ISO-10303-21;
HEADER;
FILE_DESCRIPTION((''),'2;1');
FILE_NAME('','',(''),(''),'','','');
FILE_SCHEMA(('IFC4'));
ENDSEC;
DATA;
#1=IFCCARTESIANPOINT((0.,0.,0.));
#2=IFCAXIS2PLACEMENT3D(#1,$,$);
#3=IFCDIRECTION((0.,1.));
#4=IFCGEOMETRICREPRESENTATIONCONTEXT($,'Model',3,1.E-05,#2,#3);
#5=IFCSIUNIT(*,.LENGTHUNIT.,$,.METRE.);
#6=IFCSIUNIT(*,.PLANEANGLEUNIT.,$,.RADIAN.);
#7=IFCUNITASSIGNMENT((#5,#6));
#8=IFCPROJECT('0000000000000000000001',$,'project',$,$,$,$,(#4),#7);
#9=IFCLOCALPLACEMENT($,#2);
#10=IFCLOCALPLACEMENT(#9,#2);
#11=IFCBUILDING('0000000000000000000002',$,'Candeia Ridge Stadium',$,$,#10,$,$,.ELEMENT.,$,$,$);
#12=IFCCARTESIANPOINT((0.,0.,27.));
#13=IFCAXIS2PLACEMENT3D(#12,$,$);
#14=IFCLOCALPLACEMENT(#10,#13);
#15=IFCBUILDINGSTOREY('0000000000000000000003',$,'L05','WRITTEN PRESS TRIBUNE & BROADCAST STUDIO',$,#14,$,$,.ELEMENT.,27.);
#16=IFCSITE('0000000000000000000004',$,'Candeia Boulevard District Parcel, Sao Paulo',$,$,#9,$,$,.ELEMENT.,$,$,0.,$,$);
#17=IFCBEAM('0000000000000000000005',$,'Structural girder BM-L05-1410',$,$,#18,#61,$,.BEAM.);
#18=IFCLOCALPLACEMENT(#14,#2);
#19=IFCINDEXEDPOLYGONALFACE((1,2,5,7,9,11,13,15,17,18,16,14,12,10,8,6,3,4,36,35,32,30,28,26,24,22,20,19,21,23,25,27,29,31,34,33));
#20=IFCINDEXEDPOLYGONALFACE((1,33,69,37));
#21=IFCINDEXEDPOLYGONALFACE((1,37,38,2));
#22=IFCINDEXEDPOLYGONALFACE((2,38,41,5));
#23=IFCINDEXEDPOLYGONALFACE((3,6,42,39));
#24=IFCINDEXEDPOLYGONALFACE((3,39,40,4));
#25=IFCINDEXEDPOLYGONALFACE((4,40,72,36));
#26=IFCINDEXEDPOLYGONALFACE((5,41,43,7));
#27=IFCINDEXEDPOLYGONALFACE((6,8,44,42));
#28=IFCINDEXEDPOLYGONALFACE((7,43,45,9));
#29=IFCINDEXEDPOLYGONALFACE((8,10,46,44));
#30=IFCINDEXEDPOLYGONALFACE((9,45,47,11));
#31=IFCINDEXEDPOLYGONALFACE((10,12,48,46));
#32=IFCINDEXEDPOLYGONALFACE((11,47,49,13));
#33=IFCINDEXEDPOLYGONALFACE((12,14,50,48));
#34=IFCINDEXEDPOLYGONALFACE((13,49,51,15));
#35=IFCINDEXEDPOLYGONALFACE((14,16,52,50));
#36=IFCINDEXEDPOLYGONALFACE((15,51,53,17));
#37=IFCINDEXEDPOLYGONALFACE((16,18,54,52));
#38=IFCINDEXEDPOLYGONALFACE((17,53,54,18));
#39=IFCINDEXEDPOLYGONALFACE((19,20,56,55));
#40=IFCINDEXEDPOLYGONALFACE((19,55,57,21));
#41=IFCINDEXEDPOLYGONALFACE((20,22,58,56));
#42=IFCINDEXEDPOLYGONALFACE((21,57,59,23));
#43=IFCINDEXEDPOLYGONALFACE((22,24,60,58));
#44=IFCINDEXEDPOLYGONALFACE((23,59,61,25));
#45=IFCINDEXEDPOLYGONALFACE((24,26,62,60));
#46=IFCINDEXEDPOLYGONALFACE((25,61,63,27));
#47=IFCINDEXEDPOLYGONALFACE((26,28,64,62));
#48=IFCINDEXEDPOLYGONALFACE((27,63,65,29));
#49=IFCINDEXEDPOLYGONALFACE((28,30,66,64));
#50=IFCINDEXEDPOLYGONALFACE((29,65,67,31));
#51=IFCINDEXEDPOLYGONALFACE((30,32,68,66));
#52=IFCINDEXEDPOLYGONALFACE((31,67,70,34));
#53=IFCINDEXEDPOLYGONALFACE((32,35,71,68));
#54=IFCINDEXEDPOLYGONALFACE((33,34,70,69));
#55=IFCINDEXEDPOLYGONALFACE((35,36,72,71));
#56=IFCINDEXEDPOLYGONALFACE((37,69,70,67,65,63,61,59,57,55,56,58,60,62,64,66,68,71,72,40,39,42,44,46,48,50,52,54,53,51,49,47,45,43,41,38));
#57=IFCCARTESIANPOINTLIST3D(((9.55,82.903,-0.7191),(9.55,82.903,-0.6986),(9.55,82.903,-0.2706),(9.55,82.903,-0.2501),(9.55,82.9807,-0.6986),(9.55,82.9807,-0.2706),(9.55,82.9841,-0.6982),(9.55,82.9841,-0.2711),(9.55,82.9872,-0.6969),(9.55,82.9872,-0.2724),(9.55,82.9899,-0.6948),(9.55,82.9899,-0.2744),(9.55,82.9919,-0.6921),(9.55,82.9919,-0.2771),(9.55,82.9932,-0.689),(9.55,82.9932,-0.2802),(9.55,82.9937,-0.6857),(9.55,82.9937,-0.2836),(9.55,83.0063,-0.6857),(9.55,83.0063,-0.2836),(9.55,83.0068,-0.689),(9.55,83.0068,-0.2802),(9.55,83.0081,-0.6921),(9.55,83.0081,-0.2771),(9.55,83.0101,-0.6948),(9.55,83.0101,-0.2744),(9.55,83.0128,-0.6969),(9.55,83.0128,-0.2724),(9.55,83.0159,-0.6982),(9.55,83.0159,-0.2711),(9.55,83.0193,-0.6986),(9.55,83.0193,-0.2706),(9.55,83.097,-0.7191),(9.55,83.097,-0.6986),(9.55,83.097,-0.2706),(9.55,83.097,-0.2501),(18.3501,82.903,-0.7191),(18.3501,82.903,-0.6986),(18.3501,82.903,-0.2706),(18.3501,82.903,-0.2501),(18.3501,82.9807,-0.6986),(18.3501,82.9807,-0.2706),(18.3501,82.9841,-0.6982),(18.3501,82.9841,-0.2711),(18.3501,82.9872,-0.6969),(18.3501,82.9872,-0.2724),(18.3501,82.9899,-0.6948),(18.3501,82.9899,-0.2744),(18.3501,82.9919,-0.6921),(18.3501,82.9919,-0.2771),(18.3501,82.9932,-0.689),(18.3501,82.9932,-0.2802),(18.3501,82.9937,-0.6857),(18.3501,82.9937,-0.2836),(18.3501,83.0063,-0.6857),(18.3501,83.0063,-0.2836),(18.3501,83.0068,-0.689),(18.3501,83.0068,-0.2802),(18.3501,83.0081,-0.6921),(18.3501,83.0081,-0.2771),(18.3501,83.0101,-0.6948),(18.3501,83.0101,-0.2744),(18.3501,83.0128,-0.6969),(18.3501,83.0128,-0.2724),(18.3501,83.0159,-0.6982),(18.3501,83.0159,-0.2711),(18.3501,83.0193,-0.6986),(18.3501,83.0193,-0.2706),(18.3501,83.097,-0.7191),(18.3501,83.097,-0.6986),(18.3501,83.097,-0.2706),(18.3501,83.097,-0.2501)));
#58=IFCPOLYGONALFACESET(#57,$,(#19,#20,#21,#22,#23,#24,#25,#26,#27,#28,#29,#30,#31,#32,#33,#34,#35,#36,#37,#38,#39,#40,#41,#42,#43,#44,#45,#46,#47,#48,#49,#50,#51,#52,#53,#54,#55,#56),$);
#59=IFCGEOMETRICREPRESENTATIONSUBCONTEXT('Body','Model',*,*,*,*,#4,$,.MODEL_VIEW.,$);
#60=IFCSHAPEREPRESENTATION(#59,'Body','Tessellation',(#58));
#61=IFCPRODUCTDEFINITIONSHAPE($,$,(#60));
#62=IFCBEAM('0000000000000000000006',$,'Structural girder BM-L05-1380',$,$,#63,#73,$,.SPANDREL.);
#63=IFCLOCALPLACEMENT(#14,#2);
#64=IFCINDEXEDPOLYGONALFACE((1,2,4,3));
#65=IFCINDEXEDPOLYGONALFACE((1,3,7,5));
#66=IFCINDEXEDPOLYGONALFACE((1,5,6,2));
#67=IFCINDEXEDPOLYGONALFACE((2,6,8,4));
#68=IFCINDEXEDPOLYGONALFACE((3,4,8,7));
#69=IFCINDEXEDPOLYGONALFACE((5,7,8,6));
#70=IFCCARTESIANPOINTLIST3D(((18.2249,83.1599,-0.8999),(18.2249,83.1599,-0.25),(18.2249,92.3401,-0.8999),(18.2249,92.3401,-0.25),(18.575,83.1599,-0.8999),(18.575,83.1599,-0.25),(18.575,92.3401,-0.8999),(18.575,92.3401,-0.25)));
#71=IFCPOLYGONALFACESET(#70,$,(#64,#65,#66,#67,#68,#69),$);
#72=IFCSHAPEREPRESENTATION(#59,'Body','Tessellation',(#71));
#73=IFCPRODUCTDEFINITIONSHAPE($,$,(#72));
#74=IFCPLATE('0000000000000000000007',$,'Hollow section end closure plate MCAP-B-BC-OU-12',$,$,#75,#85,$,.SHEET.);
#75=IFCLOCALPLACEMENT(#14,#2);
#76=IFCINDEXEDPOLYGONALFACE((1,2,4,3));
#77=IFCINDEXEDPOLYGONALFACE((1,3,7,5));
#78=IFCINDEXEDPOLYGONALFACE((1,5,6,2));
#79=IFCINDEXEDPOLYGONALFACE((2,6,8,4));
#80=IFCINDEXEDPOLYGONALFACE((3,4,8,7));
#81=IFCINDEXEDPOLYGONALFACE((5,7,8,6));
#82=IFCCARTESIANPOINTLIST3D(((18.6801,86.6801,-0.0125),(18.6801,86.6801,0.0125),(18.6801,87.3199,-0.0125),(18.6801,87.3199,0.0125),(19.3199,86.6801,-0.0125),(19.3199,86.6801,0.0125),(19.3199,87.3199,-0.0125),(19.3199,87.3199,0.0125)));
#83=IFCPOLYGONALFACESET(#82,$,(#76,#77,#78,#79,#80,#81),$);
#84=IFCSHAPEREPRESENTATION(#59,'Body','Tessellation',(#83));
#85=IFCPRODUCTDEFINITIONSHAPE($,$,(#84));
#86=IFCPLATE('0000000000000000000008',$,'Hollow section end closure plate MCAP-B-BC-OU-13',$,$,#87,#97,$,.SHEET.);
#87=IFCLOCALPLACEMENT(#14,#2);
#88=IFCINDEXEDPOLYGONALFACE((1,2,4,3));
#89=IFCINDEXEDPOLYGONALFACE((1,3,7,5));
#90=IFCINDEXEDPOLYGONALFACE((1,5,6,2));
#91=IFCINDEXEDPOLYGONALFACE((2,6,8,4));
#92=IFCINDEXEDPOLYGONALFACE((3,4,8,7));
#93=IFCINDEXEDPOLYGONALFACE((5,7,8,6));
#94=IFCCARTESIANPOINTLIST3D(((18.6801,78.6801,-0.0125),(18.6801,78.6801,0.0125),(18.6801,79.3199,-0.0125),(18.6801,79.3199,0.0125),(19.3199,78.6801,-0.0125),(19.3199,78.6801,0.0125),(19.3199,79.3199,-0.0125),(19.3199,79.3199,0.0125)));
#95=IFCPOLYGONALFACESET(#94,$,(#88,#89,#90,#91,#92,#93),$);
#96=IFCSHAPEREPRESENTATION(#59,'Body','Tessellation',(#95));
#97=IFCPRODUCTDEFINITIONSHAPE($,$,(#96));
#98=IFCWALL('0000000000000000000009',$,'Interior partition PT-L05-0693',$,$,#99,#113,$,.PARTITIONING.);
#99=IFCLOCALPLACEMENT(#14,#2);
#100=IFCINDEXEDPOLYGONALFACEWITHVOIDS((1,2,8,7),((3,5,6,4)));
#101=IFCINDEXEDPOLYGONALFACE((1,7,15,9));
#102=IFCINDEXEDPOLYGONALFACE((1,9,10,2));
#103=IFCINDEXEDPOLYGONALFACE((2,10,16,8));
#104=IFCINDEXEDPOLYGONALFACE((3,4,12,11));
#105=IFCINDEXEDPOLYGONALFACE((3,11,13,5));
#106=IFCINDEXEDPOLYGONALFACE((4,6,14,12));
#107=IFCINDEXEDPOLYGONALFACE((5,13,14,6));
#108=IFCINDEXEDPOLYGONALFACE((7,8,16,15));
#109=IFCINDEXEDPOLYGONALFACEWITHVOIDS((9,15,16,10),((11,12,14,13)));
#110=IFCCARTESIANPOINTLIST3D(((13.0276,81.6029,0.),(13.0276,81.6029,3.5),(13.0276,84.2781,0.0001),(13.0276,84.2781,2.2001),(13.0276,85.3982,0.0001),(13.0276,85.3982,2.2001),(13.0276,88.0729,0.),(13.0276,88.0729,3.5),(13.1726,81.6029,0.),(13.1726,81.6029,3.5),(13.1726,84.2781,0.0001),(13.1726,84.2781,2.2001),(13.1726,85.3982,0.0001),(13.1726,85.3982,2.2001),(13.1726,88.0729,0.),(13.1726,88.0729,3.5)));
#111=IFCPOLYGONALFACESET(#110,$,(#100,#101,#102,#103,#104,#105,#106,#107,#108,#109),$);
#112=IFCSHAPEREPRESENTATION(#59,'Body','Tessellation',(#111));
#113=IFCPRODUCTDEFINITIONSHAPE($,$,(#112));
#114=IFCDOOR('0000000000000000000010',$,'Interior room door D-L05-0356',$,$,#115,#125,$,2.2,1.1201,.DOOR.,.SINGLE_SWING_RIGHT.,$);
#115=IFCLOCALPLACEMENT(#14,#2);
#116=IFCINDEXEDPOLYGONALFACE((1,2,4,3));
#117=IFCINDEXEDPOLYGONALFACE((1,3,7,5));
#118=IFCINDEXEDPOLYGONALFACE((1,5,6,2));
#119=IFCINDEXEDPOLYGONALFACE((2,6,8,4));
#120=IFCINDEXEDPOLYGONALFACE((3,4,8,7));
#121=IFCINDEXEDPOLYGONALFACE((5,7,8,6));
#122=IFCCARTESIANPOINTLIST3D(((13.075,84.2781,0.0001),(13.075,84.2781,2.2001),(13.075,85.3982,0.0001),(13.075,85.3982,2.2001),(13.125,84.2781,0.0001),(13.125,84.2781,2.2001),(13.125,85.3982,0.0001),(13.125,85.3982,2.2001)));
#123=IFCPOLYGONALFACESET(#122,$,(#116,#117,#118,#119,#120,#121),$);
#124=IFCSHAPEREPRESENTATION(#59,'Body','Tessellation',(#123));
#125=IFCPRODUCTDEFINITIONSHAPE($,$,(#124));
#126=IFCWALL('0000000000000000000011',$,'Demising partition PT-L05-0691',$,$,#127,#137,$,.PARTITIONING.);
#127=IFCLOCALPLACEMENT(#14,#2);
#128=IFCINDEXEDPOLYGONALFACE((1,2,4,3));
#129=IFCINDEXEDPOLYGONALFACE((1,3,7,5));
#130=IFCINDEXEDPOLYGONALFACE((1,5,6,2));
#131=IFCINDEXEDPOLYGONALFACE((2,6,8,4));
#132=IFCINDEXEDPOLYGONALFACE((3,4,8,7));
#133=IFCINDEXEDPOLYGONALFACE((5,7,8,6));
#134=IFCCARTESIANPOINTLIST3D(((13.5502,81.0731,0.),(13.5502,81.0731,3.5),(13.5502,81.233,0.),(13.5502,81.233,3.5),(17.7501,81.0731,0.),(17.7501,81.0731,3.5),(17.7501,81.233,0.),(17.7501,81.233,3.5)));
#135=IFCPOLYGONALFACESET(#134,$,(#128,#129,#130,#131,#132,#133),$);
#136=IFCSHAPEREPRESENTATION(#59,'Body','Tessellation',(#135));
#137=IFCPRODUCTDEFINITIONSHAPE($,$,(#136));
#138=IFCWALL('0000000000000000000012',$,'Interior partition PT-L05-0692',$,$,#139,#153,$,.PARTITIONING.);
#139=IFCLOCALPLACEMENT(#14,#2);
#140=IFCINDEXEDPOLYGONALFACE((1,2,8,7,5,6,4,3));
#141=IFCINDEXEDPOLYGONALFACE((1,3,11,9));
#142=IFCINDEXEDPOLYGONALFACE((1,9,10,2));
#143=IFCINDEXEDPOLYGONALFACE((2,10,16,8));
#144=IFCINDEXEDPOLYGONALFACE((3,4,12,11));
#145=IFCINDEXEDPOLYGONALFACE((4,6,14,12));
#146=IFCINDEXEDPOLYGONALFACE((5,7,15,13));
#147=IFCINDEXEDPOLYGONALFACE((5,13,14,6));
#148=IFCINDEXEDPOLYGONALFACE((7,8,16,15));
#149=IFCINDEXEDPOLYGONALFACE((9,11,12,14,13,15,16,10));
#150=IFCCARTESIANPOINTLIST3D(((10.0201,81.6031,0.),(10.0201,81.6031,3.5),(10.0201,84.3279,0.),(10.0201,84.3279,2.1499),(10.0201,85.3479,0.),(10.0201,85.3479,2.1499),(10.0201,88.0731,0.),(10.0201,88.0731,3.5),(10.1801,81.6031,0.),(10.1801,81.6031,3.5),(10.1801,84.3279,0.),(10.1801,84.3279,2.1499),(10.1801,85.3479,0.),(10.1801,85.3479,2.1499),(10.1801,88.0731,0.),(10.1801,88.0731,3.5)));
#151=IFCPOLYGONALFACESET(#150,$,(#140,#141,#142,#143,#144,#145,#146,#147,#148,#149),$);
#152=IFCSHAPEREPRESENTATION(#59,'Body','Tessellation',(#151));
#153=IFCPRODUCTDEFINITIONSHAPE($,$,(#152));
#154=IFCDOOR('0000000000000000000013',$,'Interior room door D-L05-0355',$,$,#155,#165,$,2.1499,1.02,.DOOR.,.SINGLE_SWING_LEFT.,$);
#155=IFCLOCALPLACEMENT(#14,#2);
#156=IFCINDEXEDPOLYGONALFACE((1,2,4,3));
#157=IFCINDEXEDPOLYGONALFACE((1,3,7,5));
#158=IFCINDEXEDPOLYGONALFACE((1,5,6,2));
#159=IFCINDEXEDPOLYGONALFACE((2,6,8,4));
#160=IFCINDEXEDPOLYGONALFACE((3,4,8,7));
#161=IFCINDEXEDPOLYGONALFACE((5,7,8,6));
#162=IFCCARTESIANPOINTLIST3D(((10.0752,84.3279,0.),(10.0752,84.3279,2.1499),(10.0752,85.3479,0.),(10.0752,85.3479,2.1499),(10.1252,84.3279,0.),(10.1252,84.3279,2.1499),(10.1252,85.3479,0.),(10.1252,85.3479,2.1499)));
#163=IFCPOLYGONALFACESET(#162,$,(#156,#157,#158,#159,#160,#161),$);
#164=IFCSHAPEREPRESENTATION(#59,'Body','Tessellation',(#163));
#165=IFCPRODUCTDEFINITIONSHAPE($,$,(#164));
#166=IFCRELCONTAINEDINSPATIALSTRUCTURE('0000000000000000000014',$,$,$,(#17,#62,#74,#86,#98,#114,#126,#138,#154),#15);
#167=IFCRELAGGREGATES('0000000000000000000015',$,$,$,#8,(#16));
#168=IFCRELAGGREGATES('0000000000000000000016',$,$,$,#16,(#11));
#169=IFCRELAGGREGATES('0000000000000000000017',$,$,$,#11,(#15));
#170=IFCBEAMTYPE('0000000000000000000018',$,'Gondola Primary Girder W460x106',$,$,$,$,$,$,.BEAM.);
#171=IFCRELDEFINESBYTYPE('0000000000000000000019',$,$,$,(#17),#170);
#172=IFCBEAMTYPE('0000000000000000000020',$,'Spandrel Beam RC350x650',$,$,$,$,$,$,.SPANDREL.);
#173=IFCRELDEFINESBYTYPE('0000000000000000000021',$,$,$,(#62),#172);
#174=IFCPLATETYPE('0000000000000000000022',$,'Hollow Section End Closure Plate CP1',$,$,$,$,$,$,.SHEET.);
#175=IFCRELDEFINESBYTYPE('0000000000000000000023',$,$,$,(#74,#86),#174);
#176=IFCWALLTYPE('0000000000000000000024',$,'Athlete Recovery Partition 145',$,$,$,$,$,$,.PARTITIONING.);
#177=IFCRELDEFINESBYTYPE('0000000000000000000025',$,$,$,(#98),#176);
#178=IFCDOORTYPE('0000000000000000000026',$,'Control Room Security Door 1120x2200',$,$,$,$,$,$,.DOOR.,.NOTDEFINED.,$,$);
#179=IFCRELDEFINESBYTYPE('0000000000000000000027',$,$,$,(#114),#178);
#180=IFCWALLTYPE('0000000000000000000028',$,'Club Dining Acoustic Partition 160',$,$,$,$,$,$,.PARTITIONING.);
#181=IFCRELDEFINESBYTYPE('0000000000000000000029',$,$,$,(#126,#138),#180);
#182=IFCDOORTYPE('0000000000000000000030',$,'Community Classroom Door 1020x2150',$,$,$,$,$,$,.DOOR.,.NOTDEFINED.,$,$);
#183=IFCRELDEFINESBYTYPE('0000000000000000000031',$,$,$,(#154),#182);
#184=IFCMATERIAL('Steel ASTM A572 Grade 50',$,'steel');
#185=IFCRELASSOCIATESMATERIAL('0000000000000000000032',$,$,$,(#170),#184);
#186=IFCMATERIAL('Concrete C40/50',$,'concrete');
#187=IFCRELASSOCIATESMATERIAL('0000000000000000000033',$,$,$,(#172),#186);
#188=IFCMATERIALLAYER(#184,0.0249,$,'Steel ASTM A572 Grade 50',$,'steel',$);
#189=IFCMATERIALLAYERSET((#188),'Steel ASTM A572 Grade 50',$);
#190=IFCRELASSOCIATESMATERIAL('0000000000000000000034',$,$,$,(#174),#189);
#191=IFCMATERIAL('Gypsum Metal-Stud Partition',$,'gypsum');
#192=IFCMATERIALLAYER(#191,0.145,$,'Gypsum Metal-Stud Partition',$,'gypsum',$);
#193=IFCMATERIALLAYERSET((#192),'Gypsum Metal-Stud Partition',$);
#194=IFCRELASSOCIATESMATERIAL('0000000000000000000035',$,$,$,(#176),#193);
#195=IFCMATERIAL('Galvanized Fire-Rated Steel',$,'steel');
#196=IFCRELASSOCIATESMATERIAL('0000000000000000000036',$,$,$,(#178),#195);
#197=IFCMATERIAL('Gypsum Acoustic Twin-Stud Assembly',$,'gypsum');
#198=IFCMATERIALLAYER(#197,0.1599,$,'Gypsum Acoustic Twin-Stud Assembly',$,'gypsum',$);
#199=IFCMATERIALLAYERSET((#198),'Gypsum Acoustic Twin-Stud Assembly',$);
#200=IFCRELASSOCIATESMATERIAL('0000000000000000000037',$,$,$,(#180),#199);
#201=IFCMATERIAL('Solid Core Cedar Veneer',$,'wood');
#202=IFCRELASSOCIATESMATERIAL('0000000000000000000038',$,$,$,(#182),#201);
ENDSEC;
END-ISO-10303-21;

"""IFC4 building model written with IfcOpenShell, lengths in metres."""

from ifc_helpers import new_model, si_unit, direction, frame, frame_2d, origin, origin_2d, place, context, subcontext, project, spatial, rectangle, i_section, extrude, material, layer, layer_set, material_profile, profile_set, type_object, element, fill, save


model = new_model("IFC4")

# Units and contexts
model_context = context("Model", 3, precision=1e-05, world=origin(), true_north=direction((0.0, 1.0)))
body_context = subcontext(model_context, "Body", "Model", "MODEL_VIEW")
ifc_project = project(units=[si_unit("LENGTHUNIT", "METRE"), si_unit("PLANEANGLEUNIT", "RADIAN")], contexts=[model_context])

# Site, building, storey
site_placement = place(None, origin())
site = spatial("IfcSite", under=ifc_project, at=site_placement, Name="Candeia Boulevard District Parcel, Sao Paulo", CompositionType="ELEMENT", RefElevation=0.0)
building_placement = place(site_placement, origin())
building = spatial("IfcBuilding", under=site, at=building_placement, Name="Candeia Ridge Stadium", CompositionType="ELEMENT")
storey_placement = place(building_placement, frame((0.0, 0.0, 27.0)))
storey = spatial("IfcBuildingStorey", under=building, at=storey_placement, Name="L05", Description="WRITTEN PRESS TRIBUNE & BROADCAST STUDIO", CompositionType="ELEMENT", Elevation=27.0)

# Shared definitions
ifc_material_1 = material(Name="Steel ASTM A572 Grade 50", Category="steel")
ifc_material_2 = material(Name="Concrete C40/50", Category="concrete")

# Beams
ifc_material_profile_1 = material_profile(ifc_material_1, i_section(OverallWidth=0.1941, OverallDepth=0.469, WebThickness=0.0127, FlangeThickness=0.0205, FilletRadius=0.0129, at=origin_2d()), Name="W460x106", Category="steel")
ifc_profile_set_1 = profile_set([ifc_material_profile_1], Name="Steel ASTM A572 Grade 50")
beam_type_1 = type_object("IfcBeamType", Name="Gondola Primary Girder W460x106", PredefinedType="BEAM", material=ifc_profile_set_1)
beam_1_placement = place(storey_placement, frame((9.55, 83.0, -0.4846), z_axis=(1.0, 0.0, 0.0), x_axis=(0.0, 1.0, 0.0)))
element("IfcBeam", 1, at=beam_1_placement, inside=storey, type_object=beam_type_1, Name="Structural girder BM-L05-1410", PredefinedType="BEAM", context=body_context, shape_type="SweptSolid", body=[
    extrude(i_section(OverallWidth=0.1941, OverallDepth=0.469, WebThickness=0.0127, FlangeThickness=0.0205, FilletRadius=0.0129, at=origin_2d()), origin(), (0.0, 0.0, 1.0), 8.8),
])
ifc_material_profile_2 = material_profile(ifc_material_2, rectangle(XDim=0.3501, YDim=0.6499, at=origin_2d()), Name="RC350x650", Category="concrete")
ifc_profile_set_2 = profile_set([ifc_material_profile_2], Name="Concrete C40/50")
beam_type_2 = type_object("IfcBeamType", Name="Spandrel Beam RC350x650", PredefinedType="SPANDREL", material=ifc_profile_set_2)
beam_2_placement = place(storey_placement, frame((18.3999, 83.1599, -0.575), z_axis=(0.0, 1.0, 0.0), x_axis=(-1.0, 0.0, 0.0)))
element("IfcBeam", 2, at=beam_2_placement, inside=storey, type_object=beam_type_2, Name="Structural girder BM-L05-1380", PredefinedType="SPANDREL", context=body_context, shape_type="SweptSolid", body=[
    extrude(rectangle(XDim=0.3501, YDim=0.6499, at=origin_2d()), origin(), (0.0, 0.0, 1.0), 9.1802),
])

# Plates
ifc_layer_1 = layer(ifc_material_1, 0.0249, Name="Steel ASTM A572 Grade 50", Category="steel")
ifc_layer_set_1 = layer_set([ifc_layer_1], Name="Steel ASTM A572 Grade 50")
plate_type = type_object("IfcPlateType", Name="Hollow Section End Closure Plate CP1", PredefinedType="SHEET", material=ifc_layer_set_1)
for number, where, z_axis, x_axis, name in (
    (3, (19.0, 87.0, -0.0125), (0.0, 0.0, 1.0), (1.0, 0.0, 0.0), "Hollow section end closure plate MCAP-B-BC-OU-12"),
    (4, (19.0, 79.0, -0.0125), (0.0, 0.0, 1.0), (1.0, 0.0, 0.0), "Hollow section end closure plate MCAP-B-BC-OU-13"),
):
    element("IfcPlate", number, at=place(storey_placement, frame(where, z_axis=z_axis, x_axis=x_axis)), inside=storey, type_object=plate_type, Name=name, PredefinedType="SHEET", context=body_context, shape_type="SweptSolid", body=[
        extrude(rectangle(XDim=0.6399, YDim=0.6399, at=origin_2d()), origin(), (0.0, 0.0, 1.0), 0.0249),
    ])

# Wall, opening, door
ifc_material_3 = material(Name="Gypsum Metal-Stud Partition", Category="gypsum")
ifc_layer_2 = layer(ifc_material_3, 0.145, Name="Gypsum Metal-Stud Partition", Category="gypsum")
ifc_layer_set_2 = layer_set([ifc_layer_2], Name="Gypsum Metal-Stud Partition")
wall_type_1 = type_object("IfcWallType", Name="Athlete Recovery Partition 145", PredefinedType="PARTITIONING", material=ifc_layer_set_2)
wall_1_placement = place(storey_placement, frame((13.1001, 81.603, 0.0), z_axis=(0.0, 0.0, 1.0), x_axis=(0.0, 1.0, 0.0)))
wall_1 = element("IfcWall", 5, at=wall_1_placement, inside=storey, type_object=wall_type_1, Name="Interior partition PT-L05-0693", PredefinedType="PARTITIONING", context=body_context, shape_type="SweptSolid", body=[
    extrude(rectangle(XDim=6.47, YDim=0.145, at=frame_2d((3.2349, 0.0))), origin(), (0.0, 0.0, 1.0), 3.5),
])
opening_1_placement = place(wall_1_placement, frame((2.675, 0.0, 0.0)))
opening_1 = element("IfcOpeningElement", 6, at=opening_1_placement, cuts=wall_1, PredefinedType="OPENING", context=body_context, shape_type="SweptSolid", body=[
    extrude(rectangle(XDim=1.1201, YDim=2.2, at=frame_2d((0.5601, 1.1001))), frame((0.0, 0.0825, 0.0), z_axis=(0.0, -1.0, 0.0), x_axis=(1.0, 0.0, 0.0)), (0.0, 0.0, 1.0), 0.165),
])
ifc_material_4 = material(Name="Galvanized Fire-Rated Steel", Category="steel")
door_type_1 = type_object("IfcDoorType", Name="Control Room Security Door 1120x2200", OperationType="NOTDEFINED", PredefinedType="DOOR", material=ifc_material_4)
door_1_placement = place(opening_1_placement, frame((1.1201, 0.0, 0.0), z_axis=(0.0, 0.0, 1.0), x_axis=(-1.0, 0.0, 0.0)))
door_1 = element("IfcDoor", 7, at=door_1_placement, inside=storey, type_object=door_type_1, Name="Interior room door D-L05-0356", OperationType="SINGLE_SWING_RIGHT", OverallHeight=2.2, OverallWidth=1.1201, PredefinedType="DOOR", context=body_context, shape_type="SweptSolid", body=[
    extrude(rectangle(XDim=1.1201, YDim=2.2, at=frame_2d((0.5601, 1.1001))), frame((0.0, 0.0249, 0.0), z_axis=(0.0, -1.0, 0.0), x_axis=(1.0, 0.0, 0.0)), (0.0, 0.0, 1.0), 0.05),
])
fill(opening_1, door_1)

# Wall
ifc_material_5 = material(Name="Gypsum Acoustic Twin-Stud Assembly", Category="gypsum")
ifc_layer_3 = layer(ifc_material_5, 0.1599, Name="Gypsum Acoustic Twin-Stud Assembly", Category="gypsum")
ifc_layer_set_3 = layer_set([ifc_layer_3], Name="Gypsum Acoustic Twin-Stud Assembly")
wall_type_2 = type_object("IfcWallType", Name="Club Dining Acoustic Partition 160", PredefinedType="PARTITIONING", material=ifc_layer_set_3)
wall_2_placement = place(storey_placement, frame((13.55, 81.1531, 0.0), z_axis=(0.0, 0.0, 1.0), x_axis=(1.0, 0.0, 0.0)))
element("IfcWall", 8, at=wall_2_placement, inside=storey, type_object=wall_type_2, Name="Demising partition PT-L05-0691", PredefinedType="PARTITIONING", context=body_context, shape_type="SweptSolid", body=[
    extrude(rectangle(XDim=4.2, YDim=0.1599, at=frame_2d((2.1001, 0.0))), origin(), (0.0, 0.0, 1.0), 3.5),
])

# Wall, opening, door
wall_3_placement = place(storey_placement, frame((10.1001, 88.073, 0.0), z_axis=(0.0, 0.0, 1.0), x_axis=(0.0, -1.0, 0.0)))
wall_3 = element("IfcWall", 9, at=wall_3_placement, inside=storey, type_object=wall_type_2, Name="Interior partition PT-L05-0692", PredefinedType="PARTITIONING", context=body_context, shape_type="SweptSolid", body=[
    extrude(rectangle(XDim=6.47, YDim=0.1599, at=frame_2d((3.2349, 0.0))), origin(), (0.0, 0.0, 1.0), 3.5),
])
opening_2_placement = place(wall_3_placement, frame((2.7251, 0.0, 0.0)))
opening_2 = element("IfcOpeningElement", 10, at=opening_2_placement, cuts=wall_3, PredefinedType="OPENING", context=body_context, shape_type="SweptSolid", body=[
    extrude(rectangle(XDim=1.02, YDim=2.1499, at=frame_2d((0.51, 1.075))), frame((0.0, 0.0898, 0.0), z_axis=(0.0, -1.0, 0.0), x_axis=(1.0, 0.0, 0.0)), (0.0, 0.0, 1.0), 0.1799),
])
ifc_material_6 = material(Name="Solid Core Cedar Veneer", Category="wood")
door_type_2 = type_object("IfcDoorType", Name="Community Classroom Door 1020x2150", OperationType="NOTDEFINED", PredefinedType="DOOR", material=ifc_material_6)
door_2_placement = place(opening_2_placement, frame((1.02, 0.0, 0.0), z_axis=(0.0, 0.0, 1.0), x_axis=(-1.0, 0.0, 0.0)))
door_2 = element("IfcDoor", 11, at=door_2_placement, inside=storey, type_object=door_type_2, Name="Interior room door D-L05-0355", OperationType="SINGLE_SWING_LEFT", OverallHeight=2.1499, OverallWidth=1.02, PredefinedType="DOOR", context=body_context, shape_type="SweptSolid", body=[
    extrude(rectangle(XDim=1.02, YDim=2.1499, at=frame_2d((0.51, 1.075))), frame((0.0, 0.0249, 0.0), z_axis=(0.0, -1.0, 0.0), x_axis=(1.0, 0.0, 0.0)), (0.0, 0.0, 1.0), 0.05),
])
fill(opening_2, door_2)

save(model, "model.ifc")
